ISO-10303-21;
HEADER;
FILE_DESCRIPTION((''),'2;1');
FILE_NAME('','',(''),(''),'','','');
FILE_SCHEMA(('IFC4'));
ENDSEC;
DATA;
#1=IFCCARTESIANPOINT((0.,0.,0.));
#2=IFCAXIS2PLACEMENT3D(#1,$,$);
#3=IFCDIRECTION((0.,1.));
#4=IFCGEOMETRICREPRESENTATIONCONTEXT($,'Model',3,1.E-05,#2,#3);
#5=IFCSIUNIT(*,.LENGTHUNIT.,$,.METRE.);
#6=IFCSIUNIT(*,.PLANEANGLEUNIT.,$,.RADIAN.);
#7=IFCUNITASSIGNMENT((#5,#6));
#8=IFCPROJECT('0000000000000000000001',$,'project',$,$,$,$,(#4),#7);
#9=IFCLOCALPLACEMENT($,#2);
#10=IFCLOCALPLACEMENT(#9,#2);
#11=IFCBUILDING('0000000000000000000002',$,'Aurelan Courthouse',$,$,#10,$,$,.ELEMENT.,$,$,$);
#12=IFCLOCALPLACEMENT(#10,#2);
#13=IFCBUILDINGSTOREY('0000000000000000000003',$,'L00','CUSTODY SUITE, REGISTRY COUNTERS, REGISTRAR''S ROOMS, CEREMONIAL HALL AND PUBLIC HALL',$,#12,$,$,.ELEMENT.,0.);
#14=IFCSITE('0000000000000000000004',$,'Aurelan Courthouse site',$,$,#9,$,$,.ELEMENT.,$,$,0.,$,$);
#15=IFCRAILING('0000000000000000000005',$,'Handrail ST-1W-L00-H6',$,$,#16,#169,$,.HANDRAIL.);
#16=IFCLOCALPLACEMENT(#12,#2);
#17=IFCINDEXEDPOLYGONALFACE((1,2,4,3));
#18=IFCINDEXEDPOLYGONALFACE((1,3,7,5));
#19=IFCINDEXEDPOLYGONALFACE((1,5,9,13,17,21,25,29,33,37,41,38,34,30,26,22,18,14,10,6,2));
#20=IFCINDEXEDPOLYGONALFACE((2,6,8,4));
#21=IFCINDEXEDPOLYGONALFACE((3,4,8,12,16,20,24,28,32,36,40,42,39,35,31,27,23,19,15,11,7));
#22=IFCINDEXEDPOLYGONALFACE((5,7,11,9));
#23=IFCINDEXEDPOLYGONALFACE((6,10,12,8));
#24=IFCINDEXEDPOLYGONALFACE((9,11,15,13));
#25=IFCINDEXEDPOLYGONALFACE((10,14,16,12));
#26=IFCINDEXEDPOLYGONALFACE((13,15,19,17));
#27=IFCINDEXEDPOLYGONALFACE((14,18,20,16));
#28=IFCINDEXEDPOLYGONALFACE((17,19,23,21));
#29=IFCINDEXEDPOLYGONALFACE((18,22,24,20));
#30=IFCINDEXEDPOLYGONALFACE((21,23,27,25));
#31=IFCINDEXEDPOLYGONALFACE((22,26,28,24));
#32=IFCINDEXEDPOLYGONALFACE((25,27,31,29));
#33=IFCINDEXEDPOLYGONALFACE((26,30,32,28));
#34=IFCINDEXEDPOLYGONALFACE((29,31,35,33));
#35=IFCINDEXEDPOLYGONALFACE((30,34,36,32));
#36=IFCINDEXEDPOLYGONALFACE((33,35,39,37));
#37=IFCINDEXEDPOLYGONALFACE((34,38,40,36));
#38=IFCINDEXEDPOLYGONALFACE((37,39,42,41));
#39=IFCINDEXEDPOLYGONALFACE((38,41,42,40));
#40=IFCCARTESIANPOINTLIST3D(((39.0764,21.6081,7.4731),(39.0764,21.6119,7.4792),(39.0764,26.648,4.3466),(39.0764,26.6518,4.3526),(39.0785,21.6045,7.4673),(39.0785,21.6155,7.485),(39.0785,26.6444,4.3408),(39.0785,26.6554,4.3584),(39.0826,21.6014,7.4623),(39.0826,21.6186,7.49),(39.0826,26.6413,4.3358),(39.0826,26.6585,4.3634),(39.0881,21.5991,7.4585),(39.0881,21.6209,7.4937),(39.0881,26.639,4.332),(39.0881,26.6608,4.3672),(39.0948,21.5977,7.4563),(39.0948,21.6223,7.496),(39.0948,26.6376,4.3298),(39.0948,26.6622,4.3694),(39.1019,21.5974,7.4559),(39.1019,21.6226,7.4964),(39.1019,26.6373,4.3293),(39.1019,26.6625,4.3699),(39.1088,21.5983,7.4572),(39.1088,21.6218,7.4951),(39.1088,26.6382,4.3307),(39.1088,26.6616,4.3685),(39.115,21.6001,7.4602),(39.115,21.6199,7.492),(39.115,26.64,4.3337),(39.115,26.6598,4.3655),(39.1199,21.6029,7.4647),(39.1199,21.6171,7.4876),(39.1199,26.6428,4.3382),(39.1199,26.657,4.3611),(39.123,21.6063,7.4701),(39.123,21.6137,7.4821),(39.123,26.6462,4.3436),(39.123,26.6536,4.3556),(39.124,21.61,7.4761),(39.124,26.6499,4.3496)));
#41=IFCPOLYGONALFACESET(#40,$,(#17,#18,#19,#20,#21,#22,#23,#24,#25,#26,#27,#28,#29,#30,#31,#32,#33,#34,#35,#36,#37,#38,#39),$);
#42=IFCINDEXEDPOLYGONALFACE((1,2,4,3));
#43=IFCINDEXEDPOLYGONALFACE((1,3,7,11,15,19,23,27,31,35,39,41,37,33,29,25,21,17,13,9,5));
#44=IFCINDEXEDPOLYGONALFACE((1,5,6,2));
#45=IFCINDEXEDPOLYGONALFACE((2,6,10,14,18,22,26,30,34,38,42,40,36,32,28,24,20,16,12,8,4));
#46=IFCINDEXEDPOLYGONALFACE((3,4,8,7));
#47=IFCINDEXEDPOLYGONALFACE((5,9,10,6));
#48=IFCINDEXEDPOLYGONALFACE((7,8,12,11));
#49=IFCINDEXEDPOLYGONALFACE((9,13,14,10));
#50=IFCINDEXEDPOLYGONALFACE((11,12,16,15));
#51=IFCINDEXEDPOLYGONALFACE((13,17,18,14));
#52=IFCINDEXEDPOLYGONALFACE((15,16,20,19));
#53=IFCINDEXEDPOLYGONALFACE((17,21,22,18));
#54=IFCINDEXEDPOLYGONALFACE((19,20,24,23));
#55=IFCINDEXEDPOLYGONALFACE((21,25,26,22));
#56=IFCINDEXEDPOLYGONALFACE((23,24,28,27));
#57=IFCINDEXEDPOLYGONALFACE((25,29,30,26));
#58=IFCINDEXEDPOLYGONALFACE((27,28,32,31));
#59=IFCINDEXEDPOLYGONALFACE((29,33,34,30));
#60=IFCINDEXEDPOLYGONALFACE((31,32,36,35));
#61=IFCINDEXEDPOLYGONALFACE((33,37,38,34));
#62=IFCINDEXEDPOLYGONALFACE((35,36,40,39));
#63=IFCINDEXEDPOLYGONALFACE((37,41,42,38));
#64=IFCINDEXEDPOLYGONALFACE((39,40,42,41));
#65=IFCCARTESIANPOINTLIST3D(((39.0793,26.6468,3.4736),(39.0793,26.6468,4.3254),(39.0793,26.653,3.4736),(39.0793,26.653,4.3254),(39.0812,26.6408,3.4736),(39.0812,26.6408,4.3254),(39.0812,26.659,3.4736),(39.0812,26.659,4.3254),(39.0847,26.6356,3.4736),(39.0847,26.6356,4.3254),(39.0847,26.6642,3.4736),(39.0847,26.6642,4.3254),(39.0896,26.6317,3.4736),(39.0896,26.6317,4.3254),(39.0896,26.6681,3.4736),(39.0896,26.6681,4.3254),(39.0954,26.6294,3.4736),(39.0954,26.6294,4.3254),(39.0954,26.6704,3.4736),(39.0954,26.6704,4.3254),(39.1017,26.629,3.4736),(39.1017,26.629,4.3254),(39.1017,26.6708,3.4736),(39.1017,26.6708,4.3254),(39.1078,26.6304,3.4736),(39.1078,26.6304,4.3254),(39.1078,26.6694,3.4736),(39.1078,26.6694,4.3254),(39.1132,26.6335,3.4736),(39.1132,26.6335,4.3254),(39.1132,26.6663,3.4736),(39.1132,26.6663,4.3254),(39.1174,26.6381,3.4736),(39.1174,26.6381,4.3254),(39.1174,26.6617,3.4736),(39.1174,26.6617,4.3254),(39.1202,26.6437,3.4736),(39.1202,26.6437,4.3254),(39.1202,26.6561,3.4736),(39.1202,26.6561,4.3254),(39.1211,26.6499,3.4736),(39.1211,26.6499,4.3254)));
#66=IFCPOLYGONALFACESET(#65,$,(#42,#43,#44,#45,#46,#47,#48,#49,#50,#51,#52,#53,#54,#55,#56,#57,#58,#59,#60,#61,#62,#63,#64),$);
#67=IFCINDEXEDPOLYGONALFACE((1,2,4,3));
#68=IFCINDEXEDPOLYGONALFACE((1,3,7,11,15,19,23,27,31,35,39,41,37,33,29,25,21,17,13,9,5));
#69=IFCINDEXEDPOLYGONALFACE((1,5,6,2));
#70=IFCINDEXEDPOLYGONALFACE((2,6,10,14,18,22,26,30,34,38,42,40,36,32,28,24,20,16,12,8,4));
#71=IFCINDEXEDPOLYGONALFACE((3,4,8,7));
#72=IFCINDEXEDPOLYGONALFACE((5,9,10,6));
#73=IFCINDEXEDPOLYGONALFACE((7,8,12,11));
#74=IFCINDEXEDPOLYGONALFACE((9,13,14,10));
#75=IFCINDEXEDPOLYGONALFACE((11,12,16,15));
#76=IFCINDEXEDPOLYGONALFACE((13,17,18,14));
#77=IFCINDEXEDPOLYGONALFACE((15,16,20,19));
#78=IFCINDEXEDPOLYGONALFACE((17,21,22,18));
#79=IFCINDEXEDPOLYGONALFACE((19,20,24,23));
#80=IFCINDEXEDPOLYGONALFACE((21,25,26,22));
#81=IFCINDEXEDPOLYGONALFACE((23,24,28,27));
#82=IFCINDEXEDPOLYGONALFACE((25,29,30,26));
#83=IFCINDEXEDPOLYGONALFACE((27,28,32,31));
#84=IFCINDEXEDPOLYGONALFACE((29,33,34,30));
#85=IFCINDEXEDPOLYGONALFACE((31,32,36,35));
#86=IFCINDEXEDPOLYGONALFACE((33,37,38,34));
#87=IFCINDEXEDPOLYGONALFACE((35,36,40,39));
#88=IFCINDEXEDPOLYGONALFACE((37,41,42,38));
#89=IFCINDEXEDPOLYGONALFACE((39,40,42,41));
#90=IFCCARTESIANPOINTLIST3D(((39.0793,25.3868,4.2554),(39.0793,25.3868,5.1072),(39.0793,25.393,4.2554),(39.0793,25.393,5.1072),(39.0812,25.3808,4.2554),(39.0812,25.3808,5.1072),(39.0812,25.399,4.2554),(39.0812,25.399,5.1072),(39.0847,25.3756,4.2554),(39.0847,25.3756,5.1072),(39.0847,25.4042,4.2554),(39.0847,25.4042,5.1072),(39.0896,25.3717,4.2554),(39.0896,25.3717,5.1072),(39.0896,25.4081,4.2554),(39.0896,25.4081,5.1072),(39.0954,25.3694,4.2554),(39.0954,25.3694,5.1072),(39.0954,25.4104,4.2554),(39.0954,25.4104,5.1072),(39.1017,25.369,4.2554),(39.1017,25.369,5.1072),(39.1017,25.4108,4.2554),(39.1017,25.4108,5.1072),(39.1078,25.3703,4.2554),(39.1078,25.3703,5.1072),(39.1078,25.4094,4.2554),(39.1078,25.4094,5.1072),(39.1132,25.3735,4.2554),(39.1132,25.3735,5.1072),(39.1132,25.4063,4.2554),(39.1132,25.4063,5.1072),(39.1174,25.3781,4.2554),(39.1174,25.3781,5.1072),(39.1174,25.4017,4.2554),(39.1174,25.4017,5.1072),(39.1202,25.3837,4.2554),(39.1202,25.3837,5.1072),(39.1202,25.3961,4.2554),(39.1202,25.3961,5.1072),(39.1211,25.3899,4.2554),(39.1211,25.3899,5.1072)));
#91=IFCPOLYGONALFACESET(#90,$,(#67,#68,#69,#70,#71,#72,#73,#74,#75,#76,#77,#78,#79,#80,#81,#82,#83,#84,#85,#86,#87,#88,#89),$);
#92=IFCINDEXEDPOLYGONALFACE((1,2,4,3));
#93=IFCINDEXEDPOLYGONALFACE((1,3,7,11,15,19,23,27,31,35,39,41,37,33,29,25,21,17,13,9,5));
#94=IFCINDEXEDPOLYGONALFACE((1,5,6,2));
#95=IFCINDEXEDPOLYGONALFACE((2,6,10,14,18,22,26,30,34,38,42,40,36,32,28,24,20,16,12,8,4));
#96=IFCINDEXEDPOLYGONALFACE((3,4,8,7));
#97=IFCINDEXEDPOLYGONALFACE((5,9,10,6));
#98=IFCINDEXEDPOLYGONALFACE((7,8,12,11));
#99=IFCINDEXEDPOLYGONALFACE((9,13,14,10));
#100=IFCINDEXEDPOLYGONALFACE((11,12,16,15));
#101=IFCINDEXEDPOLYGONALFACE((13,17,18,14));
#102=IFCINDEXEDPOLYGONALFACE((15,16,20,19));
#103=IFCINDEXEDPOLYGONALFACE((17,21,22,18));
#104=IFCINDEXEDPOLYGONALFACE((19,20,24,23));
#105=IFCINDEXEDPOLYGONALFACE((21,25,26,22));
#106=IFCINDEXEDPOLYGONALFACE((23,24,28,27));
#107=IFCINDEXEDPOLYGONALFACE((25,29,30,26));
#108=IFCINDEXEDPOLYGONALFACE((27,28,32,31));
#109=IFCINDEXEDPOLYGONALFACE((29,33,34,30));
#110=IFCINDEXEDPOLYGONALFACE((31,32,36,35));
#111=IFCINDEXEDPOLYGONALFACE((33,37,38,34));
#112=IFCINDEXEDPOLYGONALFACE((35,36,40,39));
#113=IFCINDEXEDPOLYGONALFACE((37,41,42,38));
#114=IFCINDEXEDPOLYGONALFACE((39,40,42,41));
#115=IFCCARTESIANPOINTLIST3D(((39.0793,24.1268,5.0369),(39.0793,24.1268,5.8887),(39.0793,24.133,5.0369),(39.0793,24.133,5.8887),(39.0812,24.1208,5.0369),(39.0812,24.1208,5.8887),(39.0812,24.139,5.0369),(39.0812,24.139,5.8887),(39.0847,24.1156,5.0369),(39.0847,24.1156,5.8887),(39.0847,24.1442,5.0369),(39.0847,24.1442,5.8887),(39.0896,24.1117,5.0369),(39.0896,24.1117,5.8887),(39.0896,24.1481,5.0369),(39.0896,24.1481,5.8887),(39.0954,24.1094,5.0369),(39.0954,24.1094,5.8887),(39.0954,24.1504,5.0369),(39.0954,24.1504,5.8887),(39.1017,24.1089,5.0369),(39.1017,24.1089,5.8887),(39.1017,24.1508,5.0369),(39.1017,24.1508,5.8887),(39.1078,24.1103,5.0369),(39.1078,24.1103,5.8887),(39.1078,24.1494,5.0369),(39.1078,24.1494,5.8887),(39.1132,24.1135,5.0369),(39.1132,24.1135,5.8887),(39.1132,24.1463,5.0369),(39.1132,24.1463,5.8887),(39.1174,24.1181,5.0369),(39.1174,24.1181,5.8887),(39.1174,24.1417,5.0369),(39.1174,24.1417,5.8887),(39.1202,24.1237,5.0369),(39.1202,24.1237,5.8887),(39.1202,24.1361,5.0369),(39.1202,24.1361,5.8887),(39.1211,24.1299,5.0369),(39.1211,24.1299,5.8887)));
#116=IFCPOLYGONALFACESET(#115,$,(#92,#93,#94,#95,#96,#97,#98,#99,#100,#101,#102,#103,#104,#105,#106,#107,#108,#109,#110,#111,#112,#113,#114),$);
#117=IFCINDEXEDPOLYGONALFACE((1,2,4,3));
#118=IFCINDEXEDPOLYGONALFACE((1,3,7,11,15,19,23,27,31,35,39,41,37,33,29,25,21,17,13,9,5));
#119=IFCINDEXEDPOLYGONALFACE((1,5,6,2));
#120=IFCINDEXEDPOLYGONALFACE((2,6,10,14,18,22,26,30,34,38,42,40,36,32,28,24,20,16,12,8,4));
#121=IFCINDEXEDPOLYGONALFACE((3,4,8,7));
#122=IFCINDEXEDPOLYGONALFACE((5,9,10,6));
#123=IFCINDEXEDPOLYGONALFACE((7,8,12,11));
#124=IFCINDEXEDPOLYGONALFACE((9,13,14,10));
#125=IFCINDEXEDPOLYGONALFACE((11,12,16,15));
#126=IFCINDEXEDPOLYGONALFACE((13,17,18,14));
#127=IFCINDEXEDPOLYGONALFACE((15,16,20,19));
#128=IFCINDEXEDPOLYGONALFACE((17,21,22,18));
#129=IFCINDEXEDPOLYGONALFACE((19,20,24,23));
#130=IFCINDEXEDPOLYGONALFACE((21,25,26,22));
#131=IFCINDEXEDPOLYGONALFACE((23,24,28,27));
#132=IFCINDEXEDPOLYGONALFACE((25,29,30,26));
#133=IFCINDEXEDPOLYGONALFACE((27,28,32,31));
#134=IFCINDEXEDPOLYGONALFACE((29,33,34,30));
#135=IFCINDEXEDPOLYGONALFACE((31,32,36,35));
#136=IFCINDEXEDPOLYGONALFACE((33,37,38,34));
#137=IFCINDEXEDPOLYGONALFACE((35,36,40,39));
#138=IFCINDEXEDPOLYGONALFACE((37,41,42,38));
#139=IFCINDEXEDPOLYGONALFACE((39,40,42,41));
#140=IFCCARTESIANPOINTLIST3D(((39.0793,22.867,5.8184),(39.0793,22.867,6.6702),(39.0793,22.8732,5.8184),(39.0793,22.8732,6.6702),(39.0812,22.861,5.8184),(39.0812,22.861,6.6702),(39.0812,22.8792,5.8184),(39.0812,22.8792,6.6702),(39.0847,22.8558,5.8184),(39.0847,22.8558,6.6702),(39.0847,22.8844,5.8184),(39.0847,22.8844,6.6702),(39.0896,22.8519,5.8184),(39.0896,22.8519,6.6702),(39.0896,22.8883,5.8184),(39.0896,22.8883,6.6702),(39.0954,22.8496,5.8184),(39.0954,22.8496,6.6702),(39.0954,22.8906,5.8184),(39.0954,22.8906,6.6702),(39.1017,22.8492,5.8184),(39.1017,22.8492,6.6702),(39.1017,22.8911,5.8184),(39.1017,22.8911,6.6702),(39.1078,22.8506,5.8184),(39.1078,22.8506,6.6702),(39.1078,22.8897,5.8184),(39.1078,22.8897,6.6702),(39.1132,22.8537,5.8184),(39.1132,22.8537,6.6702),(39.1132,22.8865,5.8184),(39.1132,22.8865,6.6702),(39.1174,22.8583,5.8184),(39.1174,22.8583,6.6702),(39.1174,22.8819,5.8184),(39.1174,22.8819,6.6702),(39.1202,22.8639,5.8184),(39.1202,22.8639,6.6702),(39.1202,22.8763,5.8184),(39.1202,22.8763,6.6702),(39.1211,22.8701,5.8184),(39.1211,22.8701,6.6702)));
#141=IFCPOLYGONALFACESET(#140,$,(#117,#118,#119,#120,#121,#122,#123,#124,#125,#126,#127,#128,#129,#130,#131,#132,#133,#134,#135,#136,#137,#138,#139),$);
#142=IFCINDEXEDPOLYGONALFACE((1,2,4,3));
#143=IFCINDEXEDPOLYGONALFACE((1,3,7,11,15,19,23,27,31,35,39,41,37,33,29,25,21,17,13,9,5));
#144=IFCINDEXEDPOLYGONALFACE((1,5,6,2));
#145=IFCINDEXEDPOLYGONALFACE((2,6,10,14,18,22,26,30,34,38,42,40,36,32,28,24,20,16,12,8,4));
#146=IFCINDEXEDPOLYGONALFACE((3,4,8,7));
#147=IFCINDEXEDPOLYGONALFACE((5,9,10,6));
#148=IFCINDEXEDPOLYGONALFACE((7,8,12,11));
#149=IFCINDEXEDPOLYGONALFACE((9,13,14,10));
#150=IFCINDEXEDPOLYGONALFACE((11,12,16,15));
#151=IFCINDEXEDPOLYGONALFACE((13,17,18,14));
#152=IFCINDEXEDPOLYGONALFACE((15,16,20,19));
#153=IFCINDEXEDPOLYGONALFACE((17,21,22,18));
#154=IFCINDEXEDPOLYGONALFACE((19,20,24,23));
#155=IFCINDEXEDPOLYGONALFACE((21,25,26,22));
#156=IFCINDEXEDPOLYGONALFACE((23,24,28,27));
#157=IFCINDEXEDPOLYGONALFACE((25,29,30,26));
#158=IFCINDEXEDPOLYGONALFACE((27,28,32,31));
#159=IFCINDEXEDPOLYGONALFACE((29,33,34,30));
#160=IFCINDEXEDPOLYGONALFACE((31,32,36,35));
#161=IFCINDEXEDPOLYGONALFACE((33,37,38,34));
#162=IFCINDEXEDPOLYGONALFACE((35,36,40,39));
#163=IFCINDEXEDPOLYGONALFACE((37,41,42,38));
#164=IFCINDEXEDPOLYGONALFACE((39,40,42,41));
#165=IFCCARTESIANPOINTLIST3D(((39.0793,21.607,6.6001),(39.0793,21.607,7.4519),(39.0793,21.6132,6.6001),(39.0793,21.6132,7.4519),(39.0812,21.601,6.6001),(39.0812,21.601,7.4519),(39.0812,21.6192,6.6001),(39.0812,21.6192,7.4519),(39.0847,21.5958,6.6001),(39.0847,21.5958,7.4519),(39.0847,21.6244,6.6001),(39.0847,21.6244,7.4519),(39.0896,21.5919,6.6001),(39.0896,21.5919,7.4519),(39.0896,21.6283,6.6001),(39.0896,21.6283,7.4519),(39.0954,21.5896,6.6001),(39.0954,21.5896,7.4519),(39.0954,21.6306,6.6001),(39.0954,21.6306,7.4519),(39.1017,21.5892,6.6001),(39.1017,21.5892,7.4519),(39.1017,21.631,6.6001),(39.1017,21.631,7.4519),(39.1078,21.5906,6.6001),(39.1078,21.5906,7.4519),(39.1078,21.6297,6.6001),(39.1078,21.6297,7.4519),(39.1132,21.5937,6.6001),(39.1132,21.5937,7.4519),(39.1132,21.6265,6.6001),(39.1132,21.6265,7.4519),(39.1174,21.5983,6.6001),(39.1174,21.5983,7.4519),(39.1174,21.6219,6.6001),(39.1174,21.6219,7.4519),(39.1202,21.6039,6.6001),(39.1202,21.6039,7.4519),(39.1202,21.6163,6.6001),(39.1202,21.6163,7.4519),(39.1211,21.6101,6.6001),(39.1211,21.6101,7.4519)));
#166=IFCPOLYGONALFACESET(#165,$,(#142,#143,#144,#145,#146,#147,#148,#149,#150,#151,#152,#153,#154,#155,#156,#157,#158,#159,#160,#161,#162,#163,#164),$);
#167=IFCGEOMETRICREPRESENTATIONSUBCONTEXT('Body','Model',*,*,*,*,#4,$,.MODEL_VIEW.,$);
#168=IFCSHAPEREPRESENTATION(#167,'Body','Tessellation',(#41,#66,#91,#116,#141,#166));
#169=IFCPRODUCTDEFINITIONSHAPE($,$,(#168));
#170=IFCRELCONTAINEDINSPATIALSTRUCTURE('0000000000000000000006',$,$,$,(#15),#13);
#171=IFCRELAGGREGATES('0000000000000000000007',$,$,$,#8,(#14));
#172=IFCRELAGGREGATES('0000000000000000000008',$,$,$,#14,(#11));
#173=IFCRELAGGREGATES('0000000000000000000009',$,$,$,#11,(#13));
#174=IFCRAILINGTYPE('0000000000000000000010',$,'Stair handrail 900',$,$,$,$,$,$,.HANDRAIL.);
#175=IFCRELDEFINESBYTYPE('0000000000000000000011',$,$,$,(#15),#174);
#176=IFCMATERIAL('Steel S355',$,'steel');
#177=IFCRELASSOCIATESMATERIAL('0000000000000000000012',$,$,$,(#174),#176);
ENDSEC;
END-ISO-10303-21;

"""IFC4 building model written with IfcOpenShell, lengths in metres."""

from ifc_helpers import new_model, si_unit, direction, frame, origin, origin_2d, place, context, subcontext, project, spatial, circle, extrude, material, type_object, element, save


model = new_model("IFC4")

# Units and contexts
model_context = context("Model", 3, precision=1e-05, world=origin(), true_north=direction((0.0, 1.0)))
body_context = subcontext(model_context, "Body", "Model", "MODEL_VIEW")
ifc_project = project(units=[si_unit("LENGTHUNIT", "METRE"), si_unit("PLANEANGLEUNIT", "RADIAN")], contexts=[model_context])

# Site, building, storey
site_placement = place(None, origin())
site = spatial("IfcSite", under=ifc_project, at=site_placement, Name="Aurelan Courthouse site", CompositionType="ELEMENT", RefElevation=0.0)
building_placement = place(site_placement, origin())
building = spatial("IfcBuilding", under=site, at=building_placement, Name="Aurelan Courthouse", CompositionType="ELEMENT")
storey_placement = place(building_placement, origin())
storey = spatial("IfcBuildingStorey", under=building, at=storey_placement, Name="L00", Description="CUSTODY SUITE, REGISTRY COUNTERS, REGISTRAR'S ROOMS, CEREMONIAL HALL AND PUBLIC HALL", CompositionType="ELEMENT", Elevation=0.0)

# Railing
ifc_material_1 = material(Name="Steel S355", Category="steel")
railing_type_1 = type_object("IfcRailingType", Name="Stair handrail 900", PredefinedType="HANDRAIL", material=ifc_material_1)
for number, where, name in (
    (1, (39.1001, 26.6499, 3.4736), "Handrail ST-1W-L00-H6"),
):
    element("IfcRailing", number, at=place(storey_placement, frame(where)), inside=storey, type_object=railing_type_1, Name=name, PredefinedType="HANDRAIL", context=body_context, shape_type="SweptSolid", body=[
        extrude(circle(Radius=0.0239, at=origin_2d()), frame((0.0, 0.0, 0.876), z_axis=(0.0, -0.849767, 0.527158), x_axis=(1.0, 0.0, 0.0)), (0.0, 0.0, 1.0), 5.9309),
        extrude(circle(Radius=0.021, at=origin_2d()), origin(), (0.0, 0.0, 1.0), 0.8518),
        extrude(circle(Radius=0.021, at=origin_2d()), frame((0.0, -1.26, 0.7817)), (0.0, 0.0, 1.0), 0.8518),
        extrude(circle(Radius=0.021, at=origin_2d()), frame((0.0, -2.52, 1.5632)), (0.0, 0.0, 1.0), 0.8518),
        extrude(circle(Radius=0.021, at=origin_2d()), frame((0.0, -3.7798, 2.3447)), (0.0, 0.0, 1.0), 0.8518),
        extrude(circle(Radius=0.021, at=origin_2d()), frame((0.0, -5.0398, 3.1265)), (0.0, 0.0, 1.0), 0.8518),
    ])

save(model, "model.ifc")
